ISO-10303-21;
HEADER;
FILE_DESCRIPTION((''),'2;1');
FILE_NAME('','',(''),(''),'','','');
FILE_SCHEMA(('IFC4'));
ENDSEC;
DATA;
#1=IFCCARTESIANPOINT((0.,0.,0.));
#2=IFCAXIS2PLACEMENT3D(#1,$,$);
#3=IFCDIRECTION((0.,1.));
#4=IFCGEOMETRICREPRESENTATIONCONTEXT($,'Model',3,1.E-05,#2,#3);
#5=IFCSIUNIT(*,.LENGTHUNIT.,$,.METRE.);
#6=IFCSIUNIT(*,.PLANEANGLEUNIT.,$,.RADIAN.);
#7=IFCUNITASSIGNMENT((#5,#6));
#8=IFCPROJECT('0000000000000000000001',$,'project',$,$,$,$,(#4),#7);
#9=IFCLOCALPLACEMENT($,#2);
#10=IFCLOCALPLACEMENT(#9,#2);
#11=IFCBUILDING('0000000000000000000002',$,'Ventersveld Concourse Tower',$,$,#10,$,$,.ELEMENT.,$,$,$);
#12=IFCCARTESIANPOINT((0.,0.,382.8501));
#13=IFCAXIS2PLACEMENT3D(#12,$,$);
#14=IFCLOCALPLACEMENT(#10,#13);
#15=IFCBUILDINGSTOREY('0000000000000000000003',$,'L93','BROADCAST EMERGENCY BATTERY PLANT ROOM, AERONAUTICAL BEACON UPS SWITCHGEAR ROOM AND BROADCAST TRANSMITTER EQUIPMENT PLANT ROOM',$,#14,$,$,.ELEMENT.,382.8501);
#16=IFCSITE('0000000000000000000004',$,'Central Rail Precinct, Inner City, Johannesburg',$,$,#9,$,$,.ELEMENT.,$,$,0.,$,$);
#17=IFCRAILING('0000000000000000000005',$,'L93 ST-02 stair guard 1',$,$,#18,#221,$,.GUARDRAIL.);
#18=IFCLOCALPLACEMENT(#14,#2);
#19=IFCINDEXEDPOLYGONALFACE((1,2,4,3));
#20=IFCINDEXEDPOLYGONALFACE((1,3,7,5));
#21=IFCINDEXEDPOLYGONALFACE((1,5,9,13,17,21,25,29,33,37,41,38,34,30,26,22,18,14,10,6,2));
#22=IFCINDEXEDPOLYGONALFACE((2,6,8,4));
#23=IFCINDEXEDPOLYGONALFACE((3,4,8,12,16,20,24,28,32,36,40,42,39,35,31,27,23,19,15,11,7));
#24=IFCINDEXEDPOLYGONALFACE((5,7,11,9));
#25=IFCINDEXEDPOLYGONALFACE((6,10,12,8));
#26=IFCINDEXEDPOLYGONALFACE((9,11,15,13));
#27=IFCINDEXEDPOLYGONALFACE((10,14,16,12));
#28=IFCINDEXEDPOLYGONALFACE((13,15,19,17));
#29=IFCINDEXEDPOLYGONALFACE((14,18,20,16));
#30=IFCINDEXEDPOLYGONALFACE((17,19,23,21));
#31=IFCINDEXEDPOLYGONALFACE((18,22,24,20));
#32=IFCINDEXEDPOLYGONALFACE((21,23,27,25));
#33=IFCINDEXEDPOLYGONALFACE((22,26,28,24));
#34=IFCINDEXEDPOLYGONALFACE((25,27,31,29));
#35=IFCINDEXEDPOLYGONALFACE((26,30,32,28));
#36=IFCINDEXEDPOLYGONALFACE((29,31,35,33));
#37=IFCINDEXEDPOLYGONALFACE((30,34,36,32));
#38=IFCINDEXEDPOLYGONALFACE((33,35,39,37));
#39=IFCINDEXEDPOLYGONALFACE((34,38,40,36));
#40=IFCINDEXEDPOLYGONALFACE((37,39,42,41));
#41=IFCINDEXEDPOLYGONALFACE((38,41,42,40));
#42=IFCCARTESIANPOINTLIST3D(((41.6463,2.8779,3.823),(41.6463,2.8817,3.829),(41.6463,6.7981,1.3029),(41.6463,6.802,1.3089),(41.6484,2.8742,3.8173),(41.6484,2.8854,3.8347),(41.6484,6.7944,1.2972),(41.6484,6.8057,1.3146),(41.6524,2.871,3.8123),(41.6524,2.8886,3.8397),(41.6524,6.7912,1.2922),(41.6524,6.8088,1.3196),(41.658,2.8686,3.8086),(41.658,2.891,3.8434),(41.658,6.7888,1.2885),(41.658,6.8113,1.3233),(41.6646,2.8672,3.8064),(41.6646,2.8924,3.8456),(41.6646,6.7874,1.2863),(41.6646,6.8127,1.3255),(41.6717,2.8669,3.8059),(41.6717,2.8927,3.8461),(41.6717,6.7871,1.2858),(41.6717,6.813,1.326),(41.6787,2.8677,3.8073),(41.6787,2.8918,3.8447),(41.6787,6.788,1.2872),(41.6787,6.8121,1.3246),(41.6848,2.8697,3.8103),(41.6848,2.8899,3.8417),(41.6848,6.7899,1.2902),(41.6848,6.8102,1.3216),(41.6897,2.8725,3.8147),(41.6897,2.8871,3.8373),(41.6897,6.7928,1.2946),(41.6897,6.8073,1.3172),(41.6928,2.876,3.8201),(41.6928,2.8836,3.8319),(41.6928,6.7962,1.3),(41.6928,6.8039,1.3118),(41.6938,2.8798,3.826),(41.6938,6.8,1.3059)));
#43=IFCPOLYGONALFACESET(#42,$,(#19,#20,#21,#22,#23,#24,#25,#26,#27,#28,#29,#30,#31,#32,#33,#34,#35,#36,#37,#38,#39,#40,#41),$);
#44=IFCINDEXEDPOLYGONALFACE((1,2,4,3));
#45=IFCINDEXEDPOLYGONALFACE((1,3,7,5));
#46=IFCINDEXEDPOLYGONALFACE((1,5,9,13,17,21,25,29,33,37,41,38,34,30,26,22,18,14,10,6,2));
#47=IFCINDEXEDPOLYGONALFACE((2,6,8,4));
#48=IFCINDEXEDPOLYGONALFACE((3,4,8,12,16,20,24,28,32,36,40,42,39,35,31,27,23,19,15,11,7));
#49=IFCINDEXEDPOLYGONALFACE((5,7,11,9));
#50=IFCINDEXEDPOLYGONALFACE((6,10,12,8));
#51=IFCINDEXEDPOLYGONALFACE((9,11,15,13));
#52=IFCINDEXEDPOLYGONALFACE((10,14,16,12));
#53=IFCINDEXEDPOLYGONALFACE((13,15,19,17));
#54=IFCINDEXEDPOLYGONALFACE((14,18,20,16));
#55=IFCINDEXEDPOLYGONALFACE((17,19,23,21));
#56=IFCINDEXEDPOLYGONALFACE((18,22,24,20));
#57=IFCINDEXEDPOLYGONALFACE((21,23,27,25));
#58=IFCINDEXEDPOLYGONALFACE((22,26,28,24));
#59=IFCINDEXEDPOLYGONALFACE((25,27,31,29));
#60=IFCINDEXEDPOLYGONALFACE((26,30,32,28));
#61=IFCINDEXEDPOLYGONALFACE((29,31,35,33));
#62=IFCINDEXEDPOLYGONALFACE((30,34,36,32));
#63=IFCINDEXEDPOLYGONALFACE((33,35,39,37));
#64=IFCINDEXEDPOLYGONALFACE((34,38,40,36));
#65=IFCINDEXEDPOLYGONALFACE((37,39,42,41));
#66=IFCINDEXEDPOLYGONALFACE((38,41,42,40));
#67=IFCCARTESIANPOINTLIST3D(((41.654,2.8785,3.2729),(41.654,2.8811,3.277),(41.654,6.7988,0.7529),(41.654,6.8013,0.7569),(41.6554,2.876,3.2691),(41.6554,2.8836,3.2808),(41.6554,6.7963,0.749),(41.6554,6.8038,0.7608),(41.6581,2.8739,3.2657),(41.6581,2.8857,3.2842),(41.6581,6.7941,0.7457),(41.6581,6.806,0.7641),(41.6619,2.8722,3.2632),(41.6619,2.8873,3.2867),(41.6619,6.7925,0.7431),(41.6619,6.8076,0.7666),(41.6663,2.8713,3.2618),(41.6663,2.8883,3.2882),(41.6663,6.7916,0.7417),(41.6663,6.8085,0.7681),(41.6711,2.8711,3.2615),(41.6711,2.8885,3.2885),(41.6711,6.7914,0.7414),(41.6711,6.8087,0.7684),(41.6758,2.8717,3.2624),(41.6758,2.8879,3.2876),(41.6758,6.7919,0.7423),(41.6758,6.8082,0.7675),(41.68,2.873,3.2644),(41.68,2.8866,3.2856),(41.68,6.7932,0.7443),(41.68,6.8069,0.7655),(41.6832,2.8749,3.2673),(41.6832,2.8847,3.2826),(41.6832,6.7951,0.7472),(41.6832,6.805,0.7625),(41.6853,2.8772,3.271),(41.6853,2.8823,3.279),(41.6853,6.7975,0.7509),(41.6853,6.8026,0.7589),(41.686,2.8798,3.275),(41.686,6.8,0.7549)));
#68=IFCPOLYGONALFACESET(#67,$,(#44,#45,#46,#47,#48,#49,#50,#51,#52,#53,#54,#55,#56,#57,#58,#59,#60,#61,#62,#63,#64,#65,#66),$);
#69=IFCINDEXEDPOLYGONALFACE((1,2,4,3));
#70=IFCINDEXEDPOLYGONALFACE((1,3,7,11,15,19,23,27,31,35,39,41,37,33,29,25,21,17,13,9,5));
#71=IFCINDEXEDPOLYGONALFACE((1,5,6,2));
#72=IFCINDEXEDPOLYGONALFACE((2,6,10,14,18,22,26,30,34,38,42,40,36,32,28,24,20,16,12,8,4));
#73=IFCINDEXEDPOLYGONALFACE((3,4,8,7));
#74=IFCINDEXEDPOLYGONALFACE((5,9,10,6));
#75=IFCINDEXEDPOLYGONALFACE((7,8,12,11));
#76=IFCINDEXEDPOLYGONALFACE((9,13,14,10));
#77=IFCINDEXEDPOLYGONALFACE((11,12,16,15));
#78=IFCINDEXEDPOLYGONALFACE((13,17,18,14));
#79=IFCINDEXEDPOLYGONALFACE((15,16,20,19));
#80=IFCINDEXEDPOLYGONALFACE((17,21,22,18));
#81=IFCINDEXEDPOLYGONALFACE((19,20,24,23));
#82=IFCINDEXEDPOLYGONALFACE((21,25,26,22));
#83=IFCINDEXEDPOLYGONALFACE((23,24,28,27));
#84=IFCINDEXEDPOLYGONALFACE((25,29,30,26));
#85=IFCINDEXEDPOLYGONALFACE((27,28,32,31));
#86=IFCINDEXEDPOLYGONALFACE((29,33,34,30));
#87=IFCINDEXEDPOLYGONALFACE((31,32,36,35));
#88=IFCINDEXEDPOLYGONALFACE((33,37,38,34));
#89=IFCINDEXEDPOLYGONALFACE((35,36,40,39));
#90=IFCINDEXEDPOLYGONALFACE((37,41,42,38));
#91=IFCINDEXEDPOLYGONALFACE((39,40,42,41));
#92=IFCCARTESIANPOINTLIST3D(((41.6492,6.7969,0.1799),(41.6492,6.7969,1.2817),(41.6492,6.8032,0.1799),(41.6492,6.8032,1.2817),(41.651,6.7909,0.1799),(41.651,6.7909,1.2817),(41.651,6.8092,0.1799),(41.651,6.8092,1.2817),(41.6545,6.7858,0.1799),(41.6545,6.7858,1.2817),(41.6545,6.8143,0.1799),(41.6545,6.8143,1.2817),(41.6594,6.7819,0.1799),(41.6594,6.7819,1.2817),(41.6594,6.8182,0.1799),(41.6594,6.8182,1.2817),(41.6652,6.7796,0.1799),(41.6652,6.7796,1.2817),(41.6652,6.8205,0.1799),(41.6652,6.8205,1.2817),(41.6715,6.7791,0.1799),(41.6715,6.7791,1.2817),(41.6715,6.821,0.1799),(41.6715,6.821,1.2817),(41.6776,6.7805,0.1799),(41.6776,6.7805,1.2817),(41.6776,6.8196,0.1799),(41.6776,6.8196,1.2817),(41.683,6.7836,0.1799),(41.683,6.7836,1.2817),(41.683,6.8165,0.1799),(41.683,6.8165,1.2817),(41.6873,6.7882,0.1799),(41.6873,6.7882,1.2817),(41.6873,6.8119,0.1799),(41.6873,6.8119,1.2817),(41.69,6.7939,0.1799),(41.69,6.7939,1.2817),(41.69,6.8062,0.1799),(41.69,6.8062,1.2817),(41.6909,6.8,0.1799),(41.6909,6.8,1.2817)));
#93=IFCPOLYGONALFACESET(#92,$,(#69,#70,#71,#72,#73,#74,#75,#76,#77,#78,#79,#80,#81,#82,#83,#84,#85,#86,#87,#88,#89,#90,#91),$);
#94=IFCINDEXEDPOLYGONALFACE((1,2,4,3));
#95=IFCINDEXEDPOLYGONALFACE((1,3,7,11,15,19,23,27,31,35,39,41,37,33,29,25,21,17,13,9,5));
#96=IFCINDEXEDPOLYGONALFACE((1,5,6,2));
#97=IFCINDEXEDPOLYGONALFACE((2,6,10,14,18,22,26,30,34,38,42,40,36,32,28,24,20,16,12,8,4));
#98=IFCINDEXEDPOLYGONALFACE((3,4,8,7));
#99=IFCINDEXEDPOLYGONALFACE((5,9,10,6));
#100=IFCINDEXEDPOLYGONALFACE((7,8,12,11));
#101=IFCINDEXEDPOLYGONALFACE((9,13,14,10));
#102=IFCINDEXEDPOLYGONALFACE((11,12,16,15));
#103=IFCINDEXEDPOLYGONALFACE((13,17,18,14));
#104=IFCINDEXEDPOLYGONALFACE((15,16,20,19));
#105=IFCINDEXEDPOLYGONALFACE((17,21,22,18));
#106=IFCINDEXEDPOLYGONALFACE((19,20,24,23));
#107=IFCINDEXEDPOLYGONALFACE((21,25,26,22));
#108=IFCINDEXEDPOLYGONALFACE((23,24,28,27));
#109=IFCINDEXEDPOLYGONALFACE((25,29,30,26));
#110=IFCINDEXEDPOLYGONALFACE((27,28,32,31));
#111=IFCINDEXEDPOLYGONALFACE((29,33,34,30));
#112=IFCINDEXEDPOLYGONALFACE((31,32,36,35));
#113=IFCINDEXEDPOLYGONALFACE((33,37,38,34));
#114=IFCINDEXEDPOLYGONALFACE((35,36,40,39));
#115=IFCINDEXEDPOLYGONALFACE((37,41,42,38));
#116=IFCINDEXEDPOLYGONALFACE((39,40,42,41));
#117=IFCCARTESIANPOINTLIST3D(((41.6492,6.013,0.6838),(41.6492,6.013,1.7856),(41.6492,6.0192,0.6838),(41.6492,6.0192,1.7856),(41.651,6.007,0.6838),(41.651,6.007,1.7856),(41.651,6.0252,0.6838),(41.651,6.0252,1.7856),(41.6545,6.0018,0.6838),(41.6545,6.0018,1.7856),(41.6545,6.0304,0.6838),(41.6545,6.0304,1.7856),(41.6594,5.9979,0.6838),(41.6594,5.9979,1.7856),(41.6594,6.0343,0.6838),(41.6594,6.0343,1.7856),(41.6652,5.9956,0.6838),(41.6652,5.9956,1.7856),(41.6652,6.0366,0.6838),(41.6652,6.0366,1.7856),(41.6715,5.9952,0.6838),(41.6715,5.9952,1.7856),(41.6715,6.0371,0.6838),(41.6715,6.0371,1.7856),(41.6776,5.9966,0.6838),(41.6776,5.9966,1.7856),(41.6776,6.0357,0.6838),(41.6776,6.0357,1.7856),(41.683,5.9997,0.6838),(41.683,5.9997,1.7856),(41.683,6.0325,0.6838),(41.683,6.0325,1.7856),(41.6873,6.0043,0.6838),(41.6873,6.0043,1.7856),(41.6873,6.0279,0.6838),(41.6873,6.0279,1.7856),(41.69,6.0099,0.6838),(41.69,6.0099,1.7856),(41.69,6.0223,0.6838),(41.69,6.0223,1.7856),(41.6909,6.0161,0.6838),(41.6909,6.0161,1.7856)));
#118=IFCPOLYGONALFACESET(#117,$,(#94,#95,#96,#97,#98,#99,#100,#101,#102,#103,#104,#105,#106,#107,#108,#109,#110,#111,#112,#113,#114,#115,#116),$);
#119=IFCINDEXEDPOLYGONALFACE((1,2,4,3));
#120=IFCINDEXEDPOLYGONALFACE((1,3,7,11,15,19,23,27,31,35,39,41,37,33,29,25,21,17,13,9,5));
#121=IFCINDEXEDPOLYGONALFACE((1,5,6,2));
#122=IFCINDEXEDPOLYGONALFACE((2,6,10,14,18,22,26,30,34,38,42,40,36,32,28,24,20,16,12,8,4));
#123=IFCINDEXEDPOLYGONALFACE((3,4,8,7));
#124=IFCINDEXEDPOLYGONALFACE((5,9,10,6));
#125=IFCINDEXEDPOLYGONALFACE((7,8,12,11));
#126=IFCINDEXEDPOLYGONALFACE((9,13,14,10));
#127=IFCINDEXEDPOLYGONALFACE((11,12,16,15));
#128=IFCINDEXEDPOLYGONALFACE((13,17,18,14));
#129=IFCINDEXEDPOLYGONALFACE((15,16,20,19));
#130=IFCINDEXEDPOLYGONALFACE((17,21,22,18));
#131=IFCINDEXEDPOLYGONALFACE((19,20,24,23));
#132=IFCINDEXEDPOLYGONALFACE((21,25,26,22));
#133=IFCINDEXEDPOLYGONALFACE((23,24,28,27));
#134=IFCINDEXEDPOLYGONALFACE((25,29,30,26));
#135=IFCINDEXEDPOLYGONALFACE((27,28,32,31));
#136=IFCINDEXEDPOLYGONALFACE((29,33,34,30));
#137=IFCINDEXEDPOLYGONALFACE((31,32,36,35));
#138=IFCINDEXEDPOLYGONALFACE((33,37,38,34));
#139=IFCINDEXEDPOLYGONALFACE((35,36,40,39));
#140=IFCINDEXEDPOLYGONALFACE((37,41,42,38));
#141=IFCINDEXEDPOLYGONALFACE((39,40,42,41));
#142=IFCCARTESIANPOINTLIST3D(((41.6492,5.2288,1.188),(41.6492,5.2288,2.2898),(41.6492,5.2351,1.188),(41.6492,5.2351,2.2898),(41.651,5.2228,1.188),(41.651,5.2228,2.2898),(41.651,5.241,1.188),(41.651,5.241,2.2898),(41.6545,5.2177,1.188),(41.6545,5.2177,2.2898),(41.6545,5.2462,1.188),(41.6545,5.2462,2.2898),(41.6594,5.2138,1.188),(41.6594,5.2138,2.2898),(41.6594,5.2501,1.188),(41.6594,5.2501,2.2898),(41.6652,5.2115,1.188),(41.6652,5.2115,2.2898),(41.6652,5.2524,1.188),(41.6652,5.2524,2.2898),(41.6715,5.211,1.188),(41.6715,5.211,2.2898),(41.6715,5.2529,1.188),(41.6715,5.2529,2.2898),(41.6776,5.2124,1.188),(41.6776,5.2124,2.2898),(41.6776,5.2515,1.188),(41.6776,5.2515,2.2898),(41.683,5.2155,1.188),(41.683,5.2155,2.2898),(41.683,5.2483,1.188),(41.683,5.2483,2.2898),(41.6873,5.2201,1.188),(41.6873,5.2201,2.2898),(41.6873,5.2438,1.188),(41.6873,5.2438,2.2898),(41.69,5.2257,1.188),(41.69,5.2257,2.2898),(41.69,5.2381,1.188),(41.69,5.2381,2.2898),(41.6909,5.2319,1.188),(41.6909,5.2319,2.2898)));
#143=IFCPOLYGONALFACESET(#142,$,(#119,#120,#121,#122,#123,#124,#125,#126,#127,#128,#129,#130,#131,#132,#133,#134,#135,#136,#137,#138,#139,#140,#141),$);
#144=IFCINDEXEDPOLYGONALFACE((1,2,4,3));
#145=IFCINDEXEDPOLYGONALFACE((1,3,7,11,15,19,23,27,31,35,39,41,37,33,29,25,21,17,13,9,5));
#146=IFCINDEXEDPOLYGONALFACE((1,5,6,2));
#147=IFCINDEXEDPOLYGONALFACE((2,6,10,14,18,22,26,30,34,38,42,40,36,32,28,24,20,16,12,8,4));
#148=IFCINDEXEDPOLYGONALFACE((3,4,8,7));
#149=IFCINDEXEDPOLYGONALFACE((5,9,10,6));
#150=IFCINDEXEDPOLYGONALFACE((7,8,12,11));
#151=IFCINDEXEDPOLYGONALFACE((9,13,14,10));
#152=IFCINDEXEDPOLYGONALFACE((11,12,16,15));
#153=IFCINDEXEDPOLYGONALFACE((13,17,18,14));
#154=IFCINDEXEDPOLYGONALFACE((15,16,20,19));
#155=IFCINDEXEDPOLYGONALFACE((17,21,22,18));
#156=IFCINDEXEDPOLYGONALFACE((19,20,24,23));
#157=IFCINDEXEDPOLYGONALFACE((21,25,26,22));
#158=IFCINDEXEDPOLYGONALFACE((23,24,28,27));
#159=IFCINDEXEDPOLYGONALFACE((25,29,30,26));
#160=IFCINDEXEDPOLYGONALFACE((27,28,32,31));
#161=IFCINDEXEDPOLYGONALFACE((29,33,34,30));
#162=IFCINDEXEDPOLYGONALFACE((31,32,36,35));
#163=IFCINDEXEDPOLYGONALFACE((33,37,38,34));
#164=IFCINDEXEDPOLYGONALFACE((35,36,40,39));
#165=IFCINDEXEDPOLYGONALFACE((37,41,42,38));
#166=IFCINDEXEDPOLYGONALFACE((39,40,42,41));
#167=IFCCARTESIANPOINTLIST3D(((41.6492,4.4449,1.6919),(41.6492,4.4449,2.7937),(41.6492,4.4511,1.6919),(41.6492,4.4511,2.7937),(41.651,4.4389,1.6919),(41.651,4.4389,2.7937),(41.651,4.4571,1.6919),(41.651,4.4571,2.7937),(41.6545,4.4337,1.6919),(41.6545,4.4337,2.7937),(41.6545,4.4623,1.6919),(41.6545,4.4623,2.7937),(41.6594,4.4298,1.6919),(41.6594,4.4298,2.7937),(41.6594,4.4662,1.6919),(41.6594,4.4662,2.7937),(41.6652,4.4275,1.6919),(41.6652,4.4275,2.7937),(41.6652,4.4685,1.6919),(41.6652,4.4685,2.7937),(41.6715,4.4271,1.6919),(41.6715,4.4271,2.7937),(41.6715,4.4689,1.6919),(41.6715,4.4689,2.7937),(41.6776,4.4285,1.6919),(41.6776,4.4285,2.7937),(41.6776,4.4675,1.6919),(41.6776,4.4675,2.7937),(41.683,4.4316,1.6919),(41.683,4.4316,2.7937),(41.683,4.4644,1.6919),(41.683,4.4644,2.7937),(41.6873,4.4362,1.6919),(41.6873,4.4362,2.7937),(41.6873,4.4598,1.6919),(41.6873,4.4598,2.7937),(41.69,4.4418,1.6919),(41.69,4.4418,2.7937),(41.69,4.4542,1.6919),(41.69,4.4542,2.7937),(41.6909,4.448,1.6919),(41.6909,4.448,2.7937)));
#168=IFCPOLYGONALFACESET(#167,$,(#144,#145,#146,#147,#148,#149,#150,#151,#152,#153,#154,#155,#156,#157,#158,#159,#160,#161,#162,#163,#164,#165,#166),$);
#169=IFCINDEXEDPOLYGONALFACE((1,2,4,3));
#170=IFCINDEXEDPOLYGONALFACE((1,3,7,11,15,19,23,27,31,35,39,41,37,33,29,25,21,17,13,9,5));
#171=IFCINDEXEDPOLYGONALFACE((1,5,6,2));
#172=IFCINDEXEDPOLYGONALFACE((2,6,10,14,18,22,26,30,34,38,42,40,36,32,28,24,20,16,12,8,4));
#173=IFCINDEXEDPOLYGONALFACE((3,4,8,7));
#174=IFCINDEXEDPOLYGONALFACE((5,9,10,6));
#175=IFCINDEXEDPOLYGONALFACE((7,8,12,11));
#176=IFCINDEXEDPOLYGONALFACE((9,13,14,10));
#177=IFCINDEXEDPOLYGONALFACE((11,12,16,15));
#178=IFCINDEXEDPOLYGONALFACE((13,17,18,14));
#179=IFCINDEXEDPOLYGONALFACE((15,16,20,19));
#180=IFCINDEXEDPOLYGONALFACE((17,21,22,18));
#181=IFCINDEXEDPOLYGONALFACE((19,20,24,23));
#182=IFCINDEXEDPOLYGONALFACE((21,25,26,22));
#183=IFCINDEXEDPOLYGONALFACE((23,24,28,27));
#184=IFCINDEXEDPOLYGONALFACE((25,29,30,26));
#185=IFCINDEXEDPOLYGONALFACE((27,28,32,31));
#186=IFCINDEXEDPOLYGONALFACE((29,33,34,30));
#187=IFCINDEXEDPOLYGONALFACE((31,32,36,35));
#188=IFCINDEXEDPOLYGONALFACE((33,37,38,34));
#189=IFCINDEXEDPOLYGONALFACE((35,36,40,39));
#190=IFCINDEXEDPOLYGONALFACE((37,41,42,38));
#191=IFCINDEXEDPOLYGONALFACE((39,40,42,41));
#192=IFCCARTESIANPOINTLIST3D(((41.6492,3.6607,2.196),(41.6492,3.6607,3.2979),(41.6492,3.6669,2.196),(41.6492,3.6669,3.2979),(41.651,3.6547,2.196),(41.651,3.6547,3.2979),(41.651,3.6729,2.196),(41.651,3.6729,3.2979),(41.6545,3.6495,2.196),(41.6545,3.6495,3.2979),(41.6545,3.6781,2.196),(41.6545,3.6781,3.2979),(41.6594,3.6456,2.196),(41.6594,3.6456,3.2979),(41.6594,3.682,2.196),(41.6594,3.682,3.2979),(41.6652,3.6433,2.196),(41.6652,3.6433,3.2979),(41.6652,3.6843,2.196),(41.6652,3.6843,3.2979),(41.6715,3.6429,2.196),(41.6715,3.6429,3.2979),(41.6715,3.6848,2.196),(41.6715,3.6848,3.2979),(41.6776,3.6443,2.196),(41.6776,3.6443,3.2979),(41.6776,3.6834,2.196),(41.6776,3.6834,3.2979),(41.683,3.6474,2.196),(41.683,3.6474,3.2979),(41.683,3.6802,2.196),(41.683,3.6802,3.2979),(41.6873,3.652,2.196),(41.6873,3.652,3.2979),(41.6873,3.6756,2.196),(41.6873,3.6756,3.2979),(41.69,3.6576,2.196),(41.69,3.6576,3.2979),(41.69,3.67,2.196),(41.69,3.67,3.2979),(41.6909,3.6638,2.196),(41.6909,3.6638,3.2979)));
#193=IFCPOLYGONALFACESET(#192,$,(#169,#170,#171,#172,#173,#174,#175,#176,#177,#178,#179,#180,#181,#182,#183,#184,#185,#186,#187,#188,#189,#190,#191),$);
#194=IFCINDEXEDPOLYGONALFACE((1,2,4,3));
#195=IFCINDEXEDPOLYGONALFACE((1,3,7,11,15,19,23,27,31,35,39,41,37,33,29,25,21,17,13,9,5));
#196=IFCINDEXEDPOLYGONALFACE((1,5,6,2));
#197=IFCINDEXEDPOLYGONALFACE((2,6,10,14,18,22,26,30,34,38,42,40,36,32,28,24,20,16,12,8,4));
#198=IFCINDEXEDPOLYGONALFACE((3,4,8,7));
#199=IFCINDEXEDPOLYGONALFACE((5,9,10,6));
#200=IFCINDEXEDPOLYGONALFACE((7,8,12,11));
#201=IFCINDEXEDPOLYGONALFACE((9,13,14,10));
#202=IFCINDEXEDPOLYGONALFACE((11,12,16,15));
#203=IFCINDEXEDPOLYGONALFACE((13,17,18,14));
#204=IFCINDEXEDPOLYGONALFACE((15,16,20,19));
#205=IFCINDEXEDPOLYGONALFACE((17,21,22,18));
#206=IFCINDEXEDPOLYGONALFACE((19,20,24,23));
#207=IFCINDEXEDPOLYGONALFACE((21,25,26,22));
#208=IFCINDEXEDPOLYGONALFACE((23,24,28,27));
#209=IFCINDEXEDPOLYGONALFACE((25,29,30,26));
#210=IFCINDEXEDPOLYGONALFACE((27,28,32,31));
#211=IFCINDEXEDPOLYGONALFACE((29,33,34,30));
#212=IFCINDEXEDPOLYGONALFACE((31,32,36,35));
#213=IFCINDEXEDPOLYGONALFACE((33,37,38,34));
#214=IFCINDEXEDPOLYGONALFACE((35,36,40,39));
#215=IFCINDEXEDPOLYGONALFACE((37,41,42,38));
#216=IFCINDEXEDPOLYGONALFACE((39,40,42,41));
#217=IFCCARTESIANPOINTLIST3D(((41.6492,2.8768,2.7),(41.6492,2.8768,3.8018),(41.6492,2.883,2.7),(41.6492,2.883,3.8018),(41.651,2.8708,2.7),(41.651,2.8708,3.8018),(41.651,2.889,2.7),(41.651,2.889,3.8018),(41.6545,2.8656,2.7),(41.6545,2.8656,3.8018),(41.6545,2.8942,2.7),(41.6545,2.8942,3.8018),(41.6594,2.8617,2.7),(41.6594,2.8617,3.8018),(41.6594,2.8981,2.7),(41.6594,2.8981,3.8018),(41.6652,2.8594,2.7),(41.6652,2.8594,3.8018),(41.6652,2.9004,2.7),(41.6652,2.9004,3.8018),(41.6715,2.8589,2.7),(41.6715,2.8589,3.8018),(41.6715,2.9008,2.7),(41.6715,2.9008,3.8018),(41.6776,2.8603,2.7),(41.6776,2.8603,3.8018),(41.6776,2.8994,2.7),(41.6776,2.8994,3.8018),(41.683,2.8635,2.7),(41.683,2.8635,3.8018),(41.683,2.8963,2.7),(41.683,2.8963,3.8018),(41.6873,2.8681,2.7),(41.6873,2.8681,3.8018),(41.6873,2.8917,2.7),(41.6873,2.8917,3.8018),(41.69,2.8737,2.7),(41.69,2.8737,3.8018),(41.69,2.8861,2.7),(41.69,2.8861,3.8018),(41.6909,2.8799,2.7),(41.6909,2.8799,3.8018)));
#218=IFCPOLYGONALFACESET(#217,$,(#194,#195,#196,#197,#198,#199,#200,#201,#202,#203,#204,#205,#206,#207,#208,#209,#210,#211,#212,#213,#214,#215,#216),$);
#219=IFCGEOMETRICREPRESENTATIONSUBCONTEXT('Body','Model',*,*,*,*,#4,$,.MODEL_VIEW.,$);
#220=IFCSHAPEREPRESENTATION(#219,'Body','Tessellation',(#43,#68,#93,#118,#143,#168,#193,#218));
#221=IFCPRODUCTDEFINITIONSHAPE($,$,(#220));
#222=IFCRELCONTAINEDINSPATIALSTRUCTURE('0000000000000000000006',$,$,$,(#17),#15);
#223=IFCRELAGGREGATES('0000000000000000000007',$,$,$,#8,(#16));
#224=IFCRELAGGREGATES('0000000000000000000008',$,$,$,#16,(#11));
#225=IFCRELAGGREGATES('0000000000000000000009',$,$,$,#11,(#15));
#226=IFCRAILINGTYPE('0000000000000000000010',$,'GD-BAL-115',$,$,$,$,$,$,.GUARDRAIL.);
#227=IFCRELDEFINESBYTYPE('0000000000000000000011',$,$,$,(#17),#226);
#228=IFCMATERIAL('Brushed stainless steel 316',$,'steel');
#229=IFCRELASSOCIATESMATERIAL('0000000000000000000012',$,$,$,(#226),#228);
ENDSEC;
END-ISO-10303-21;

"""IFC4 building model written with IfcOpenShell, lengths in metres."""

from ifc_helpers import new_model, si_unit, direction, frame, origin, origin_2d, place, context, subcontext, project, spatial, circle, extrude, material, type_object, element, save


model = new_model("IFC4")

# Units and contexts
model_context = context("Model", 3, precision=1e-05, world=origin(), true_north=direction((0.0, 1.0)))
body_context = subcontext(model_context, "Body", "Model", "MODEL_VIEW")
ifc_project = project(units=[si_unit("LENGTHUNIT", "METRE"), si_unit("PLANEANGLEUNIT", "RADIAN")], contexts=[model_context])

# Site, building, storey
site_placement = place(None, origin())
site = spatial("IfcSite", under=ifc_project, at=site_placement, Name="Central Rail Precinct, Inner City, Johannesburg", CompositionType="ELEMENT", RefElevation=0.0)
building_placement = place(site_placement, origin())
building = spatial("IfcBuilding", under=site, at=building_placement, Name="Ventersveld Concourse Tower", CompositionType="ELEMENT")
storey_placement = place(building_placement, frame((0.0, 0.0, 382.8501)))
storey = spatial("IfcBuildingStorey", under=building, at=storey_placement, Name="L93", Description="BROADCAST EMERGENCY BATTERY PLANT ROOM, AERONAUTICAL BEACON UPS SWITCHGEAR ROOM AND BROADCAST TRANSMITTER EQUIPMENT PLANT ROOM", CompositionType="ELEMENT", Elevation=382.8501)

# Shared definitions
ifc_material_1 = material(Name="Brushed stainless steel 316", Category="steel")

# Railing
railing_type_1 = type_object("IfcRailingType", Name="GD-BAL-115", PredefinedType="GUARDRAIL", material=ifc_material_1)
railing_1_placement = place(storey_placement, frame((41.6699, 6.8, 0.1799)))
element("IfcRailing", 1, at=railing_1_placement, inside=storey, type_object=railing_type_1, Name="L93 ST-02 stair guard 1", PredefinedType="GUARDRAIL", context=body_context, shape_type="SweptSolid", body=[
    extrude(circle(Radius=0.0239, at=origin_2d()), frame((0.0, 0.0, 1.126), z_axis=(0.0, -0.841187, 0.540744), x_axis=(1.0, 0.0, 0.0)), (0.0, 0.0, 1.0), 4.6604),
    extrude(circle(Radius=0.0161, at=origin_2d()), frame((0.0, 0.0, 0.575), z_axis=(0.0, -0.841187, 0.540744), x_axis=(1.0, 0.0, 0.0)), (0.0, 0.0, 1.0), 4.6604),
    extrude(circle(Radius=0.021, at=origin_2d()), origin(), (0.0, 0.0, 1.0), 1.1018),
    extrude(circle(Radius=0.021, at=origin_2d()), frame((0.0, -0.7839, 0.5039)), (0.0, 0.0, 1.0), 1.1018),
    extrude(circle(Radius=0.021, at=origin_2d()), frame((0.0, -1.5681, 1.0081)), (0.0, 0.0, 1.0), 1.1018),
    extrude(circle(Radius=0.021, at=origin_2d()), frame((0.0, -2.3521, 1.512)), (0.0, 0.0, 1.0), 1.1018),
    extrude(circle(Radius=0.021, at=origin_2d()), frame((0.0, -3.1362, 2.0161)), (0.0, 0.0, 1.0), 1.1018),
    extrude(circle(Radius=0.021, at=origin_2d()), frame((0.0, -3.9202, 2.52)), (0.0, 0.0, 1.0), 1.1018),
])

save(model, "model.ifc")
